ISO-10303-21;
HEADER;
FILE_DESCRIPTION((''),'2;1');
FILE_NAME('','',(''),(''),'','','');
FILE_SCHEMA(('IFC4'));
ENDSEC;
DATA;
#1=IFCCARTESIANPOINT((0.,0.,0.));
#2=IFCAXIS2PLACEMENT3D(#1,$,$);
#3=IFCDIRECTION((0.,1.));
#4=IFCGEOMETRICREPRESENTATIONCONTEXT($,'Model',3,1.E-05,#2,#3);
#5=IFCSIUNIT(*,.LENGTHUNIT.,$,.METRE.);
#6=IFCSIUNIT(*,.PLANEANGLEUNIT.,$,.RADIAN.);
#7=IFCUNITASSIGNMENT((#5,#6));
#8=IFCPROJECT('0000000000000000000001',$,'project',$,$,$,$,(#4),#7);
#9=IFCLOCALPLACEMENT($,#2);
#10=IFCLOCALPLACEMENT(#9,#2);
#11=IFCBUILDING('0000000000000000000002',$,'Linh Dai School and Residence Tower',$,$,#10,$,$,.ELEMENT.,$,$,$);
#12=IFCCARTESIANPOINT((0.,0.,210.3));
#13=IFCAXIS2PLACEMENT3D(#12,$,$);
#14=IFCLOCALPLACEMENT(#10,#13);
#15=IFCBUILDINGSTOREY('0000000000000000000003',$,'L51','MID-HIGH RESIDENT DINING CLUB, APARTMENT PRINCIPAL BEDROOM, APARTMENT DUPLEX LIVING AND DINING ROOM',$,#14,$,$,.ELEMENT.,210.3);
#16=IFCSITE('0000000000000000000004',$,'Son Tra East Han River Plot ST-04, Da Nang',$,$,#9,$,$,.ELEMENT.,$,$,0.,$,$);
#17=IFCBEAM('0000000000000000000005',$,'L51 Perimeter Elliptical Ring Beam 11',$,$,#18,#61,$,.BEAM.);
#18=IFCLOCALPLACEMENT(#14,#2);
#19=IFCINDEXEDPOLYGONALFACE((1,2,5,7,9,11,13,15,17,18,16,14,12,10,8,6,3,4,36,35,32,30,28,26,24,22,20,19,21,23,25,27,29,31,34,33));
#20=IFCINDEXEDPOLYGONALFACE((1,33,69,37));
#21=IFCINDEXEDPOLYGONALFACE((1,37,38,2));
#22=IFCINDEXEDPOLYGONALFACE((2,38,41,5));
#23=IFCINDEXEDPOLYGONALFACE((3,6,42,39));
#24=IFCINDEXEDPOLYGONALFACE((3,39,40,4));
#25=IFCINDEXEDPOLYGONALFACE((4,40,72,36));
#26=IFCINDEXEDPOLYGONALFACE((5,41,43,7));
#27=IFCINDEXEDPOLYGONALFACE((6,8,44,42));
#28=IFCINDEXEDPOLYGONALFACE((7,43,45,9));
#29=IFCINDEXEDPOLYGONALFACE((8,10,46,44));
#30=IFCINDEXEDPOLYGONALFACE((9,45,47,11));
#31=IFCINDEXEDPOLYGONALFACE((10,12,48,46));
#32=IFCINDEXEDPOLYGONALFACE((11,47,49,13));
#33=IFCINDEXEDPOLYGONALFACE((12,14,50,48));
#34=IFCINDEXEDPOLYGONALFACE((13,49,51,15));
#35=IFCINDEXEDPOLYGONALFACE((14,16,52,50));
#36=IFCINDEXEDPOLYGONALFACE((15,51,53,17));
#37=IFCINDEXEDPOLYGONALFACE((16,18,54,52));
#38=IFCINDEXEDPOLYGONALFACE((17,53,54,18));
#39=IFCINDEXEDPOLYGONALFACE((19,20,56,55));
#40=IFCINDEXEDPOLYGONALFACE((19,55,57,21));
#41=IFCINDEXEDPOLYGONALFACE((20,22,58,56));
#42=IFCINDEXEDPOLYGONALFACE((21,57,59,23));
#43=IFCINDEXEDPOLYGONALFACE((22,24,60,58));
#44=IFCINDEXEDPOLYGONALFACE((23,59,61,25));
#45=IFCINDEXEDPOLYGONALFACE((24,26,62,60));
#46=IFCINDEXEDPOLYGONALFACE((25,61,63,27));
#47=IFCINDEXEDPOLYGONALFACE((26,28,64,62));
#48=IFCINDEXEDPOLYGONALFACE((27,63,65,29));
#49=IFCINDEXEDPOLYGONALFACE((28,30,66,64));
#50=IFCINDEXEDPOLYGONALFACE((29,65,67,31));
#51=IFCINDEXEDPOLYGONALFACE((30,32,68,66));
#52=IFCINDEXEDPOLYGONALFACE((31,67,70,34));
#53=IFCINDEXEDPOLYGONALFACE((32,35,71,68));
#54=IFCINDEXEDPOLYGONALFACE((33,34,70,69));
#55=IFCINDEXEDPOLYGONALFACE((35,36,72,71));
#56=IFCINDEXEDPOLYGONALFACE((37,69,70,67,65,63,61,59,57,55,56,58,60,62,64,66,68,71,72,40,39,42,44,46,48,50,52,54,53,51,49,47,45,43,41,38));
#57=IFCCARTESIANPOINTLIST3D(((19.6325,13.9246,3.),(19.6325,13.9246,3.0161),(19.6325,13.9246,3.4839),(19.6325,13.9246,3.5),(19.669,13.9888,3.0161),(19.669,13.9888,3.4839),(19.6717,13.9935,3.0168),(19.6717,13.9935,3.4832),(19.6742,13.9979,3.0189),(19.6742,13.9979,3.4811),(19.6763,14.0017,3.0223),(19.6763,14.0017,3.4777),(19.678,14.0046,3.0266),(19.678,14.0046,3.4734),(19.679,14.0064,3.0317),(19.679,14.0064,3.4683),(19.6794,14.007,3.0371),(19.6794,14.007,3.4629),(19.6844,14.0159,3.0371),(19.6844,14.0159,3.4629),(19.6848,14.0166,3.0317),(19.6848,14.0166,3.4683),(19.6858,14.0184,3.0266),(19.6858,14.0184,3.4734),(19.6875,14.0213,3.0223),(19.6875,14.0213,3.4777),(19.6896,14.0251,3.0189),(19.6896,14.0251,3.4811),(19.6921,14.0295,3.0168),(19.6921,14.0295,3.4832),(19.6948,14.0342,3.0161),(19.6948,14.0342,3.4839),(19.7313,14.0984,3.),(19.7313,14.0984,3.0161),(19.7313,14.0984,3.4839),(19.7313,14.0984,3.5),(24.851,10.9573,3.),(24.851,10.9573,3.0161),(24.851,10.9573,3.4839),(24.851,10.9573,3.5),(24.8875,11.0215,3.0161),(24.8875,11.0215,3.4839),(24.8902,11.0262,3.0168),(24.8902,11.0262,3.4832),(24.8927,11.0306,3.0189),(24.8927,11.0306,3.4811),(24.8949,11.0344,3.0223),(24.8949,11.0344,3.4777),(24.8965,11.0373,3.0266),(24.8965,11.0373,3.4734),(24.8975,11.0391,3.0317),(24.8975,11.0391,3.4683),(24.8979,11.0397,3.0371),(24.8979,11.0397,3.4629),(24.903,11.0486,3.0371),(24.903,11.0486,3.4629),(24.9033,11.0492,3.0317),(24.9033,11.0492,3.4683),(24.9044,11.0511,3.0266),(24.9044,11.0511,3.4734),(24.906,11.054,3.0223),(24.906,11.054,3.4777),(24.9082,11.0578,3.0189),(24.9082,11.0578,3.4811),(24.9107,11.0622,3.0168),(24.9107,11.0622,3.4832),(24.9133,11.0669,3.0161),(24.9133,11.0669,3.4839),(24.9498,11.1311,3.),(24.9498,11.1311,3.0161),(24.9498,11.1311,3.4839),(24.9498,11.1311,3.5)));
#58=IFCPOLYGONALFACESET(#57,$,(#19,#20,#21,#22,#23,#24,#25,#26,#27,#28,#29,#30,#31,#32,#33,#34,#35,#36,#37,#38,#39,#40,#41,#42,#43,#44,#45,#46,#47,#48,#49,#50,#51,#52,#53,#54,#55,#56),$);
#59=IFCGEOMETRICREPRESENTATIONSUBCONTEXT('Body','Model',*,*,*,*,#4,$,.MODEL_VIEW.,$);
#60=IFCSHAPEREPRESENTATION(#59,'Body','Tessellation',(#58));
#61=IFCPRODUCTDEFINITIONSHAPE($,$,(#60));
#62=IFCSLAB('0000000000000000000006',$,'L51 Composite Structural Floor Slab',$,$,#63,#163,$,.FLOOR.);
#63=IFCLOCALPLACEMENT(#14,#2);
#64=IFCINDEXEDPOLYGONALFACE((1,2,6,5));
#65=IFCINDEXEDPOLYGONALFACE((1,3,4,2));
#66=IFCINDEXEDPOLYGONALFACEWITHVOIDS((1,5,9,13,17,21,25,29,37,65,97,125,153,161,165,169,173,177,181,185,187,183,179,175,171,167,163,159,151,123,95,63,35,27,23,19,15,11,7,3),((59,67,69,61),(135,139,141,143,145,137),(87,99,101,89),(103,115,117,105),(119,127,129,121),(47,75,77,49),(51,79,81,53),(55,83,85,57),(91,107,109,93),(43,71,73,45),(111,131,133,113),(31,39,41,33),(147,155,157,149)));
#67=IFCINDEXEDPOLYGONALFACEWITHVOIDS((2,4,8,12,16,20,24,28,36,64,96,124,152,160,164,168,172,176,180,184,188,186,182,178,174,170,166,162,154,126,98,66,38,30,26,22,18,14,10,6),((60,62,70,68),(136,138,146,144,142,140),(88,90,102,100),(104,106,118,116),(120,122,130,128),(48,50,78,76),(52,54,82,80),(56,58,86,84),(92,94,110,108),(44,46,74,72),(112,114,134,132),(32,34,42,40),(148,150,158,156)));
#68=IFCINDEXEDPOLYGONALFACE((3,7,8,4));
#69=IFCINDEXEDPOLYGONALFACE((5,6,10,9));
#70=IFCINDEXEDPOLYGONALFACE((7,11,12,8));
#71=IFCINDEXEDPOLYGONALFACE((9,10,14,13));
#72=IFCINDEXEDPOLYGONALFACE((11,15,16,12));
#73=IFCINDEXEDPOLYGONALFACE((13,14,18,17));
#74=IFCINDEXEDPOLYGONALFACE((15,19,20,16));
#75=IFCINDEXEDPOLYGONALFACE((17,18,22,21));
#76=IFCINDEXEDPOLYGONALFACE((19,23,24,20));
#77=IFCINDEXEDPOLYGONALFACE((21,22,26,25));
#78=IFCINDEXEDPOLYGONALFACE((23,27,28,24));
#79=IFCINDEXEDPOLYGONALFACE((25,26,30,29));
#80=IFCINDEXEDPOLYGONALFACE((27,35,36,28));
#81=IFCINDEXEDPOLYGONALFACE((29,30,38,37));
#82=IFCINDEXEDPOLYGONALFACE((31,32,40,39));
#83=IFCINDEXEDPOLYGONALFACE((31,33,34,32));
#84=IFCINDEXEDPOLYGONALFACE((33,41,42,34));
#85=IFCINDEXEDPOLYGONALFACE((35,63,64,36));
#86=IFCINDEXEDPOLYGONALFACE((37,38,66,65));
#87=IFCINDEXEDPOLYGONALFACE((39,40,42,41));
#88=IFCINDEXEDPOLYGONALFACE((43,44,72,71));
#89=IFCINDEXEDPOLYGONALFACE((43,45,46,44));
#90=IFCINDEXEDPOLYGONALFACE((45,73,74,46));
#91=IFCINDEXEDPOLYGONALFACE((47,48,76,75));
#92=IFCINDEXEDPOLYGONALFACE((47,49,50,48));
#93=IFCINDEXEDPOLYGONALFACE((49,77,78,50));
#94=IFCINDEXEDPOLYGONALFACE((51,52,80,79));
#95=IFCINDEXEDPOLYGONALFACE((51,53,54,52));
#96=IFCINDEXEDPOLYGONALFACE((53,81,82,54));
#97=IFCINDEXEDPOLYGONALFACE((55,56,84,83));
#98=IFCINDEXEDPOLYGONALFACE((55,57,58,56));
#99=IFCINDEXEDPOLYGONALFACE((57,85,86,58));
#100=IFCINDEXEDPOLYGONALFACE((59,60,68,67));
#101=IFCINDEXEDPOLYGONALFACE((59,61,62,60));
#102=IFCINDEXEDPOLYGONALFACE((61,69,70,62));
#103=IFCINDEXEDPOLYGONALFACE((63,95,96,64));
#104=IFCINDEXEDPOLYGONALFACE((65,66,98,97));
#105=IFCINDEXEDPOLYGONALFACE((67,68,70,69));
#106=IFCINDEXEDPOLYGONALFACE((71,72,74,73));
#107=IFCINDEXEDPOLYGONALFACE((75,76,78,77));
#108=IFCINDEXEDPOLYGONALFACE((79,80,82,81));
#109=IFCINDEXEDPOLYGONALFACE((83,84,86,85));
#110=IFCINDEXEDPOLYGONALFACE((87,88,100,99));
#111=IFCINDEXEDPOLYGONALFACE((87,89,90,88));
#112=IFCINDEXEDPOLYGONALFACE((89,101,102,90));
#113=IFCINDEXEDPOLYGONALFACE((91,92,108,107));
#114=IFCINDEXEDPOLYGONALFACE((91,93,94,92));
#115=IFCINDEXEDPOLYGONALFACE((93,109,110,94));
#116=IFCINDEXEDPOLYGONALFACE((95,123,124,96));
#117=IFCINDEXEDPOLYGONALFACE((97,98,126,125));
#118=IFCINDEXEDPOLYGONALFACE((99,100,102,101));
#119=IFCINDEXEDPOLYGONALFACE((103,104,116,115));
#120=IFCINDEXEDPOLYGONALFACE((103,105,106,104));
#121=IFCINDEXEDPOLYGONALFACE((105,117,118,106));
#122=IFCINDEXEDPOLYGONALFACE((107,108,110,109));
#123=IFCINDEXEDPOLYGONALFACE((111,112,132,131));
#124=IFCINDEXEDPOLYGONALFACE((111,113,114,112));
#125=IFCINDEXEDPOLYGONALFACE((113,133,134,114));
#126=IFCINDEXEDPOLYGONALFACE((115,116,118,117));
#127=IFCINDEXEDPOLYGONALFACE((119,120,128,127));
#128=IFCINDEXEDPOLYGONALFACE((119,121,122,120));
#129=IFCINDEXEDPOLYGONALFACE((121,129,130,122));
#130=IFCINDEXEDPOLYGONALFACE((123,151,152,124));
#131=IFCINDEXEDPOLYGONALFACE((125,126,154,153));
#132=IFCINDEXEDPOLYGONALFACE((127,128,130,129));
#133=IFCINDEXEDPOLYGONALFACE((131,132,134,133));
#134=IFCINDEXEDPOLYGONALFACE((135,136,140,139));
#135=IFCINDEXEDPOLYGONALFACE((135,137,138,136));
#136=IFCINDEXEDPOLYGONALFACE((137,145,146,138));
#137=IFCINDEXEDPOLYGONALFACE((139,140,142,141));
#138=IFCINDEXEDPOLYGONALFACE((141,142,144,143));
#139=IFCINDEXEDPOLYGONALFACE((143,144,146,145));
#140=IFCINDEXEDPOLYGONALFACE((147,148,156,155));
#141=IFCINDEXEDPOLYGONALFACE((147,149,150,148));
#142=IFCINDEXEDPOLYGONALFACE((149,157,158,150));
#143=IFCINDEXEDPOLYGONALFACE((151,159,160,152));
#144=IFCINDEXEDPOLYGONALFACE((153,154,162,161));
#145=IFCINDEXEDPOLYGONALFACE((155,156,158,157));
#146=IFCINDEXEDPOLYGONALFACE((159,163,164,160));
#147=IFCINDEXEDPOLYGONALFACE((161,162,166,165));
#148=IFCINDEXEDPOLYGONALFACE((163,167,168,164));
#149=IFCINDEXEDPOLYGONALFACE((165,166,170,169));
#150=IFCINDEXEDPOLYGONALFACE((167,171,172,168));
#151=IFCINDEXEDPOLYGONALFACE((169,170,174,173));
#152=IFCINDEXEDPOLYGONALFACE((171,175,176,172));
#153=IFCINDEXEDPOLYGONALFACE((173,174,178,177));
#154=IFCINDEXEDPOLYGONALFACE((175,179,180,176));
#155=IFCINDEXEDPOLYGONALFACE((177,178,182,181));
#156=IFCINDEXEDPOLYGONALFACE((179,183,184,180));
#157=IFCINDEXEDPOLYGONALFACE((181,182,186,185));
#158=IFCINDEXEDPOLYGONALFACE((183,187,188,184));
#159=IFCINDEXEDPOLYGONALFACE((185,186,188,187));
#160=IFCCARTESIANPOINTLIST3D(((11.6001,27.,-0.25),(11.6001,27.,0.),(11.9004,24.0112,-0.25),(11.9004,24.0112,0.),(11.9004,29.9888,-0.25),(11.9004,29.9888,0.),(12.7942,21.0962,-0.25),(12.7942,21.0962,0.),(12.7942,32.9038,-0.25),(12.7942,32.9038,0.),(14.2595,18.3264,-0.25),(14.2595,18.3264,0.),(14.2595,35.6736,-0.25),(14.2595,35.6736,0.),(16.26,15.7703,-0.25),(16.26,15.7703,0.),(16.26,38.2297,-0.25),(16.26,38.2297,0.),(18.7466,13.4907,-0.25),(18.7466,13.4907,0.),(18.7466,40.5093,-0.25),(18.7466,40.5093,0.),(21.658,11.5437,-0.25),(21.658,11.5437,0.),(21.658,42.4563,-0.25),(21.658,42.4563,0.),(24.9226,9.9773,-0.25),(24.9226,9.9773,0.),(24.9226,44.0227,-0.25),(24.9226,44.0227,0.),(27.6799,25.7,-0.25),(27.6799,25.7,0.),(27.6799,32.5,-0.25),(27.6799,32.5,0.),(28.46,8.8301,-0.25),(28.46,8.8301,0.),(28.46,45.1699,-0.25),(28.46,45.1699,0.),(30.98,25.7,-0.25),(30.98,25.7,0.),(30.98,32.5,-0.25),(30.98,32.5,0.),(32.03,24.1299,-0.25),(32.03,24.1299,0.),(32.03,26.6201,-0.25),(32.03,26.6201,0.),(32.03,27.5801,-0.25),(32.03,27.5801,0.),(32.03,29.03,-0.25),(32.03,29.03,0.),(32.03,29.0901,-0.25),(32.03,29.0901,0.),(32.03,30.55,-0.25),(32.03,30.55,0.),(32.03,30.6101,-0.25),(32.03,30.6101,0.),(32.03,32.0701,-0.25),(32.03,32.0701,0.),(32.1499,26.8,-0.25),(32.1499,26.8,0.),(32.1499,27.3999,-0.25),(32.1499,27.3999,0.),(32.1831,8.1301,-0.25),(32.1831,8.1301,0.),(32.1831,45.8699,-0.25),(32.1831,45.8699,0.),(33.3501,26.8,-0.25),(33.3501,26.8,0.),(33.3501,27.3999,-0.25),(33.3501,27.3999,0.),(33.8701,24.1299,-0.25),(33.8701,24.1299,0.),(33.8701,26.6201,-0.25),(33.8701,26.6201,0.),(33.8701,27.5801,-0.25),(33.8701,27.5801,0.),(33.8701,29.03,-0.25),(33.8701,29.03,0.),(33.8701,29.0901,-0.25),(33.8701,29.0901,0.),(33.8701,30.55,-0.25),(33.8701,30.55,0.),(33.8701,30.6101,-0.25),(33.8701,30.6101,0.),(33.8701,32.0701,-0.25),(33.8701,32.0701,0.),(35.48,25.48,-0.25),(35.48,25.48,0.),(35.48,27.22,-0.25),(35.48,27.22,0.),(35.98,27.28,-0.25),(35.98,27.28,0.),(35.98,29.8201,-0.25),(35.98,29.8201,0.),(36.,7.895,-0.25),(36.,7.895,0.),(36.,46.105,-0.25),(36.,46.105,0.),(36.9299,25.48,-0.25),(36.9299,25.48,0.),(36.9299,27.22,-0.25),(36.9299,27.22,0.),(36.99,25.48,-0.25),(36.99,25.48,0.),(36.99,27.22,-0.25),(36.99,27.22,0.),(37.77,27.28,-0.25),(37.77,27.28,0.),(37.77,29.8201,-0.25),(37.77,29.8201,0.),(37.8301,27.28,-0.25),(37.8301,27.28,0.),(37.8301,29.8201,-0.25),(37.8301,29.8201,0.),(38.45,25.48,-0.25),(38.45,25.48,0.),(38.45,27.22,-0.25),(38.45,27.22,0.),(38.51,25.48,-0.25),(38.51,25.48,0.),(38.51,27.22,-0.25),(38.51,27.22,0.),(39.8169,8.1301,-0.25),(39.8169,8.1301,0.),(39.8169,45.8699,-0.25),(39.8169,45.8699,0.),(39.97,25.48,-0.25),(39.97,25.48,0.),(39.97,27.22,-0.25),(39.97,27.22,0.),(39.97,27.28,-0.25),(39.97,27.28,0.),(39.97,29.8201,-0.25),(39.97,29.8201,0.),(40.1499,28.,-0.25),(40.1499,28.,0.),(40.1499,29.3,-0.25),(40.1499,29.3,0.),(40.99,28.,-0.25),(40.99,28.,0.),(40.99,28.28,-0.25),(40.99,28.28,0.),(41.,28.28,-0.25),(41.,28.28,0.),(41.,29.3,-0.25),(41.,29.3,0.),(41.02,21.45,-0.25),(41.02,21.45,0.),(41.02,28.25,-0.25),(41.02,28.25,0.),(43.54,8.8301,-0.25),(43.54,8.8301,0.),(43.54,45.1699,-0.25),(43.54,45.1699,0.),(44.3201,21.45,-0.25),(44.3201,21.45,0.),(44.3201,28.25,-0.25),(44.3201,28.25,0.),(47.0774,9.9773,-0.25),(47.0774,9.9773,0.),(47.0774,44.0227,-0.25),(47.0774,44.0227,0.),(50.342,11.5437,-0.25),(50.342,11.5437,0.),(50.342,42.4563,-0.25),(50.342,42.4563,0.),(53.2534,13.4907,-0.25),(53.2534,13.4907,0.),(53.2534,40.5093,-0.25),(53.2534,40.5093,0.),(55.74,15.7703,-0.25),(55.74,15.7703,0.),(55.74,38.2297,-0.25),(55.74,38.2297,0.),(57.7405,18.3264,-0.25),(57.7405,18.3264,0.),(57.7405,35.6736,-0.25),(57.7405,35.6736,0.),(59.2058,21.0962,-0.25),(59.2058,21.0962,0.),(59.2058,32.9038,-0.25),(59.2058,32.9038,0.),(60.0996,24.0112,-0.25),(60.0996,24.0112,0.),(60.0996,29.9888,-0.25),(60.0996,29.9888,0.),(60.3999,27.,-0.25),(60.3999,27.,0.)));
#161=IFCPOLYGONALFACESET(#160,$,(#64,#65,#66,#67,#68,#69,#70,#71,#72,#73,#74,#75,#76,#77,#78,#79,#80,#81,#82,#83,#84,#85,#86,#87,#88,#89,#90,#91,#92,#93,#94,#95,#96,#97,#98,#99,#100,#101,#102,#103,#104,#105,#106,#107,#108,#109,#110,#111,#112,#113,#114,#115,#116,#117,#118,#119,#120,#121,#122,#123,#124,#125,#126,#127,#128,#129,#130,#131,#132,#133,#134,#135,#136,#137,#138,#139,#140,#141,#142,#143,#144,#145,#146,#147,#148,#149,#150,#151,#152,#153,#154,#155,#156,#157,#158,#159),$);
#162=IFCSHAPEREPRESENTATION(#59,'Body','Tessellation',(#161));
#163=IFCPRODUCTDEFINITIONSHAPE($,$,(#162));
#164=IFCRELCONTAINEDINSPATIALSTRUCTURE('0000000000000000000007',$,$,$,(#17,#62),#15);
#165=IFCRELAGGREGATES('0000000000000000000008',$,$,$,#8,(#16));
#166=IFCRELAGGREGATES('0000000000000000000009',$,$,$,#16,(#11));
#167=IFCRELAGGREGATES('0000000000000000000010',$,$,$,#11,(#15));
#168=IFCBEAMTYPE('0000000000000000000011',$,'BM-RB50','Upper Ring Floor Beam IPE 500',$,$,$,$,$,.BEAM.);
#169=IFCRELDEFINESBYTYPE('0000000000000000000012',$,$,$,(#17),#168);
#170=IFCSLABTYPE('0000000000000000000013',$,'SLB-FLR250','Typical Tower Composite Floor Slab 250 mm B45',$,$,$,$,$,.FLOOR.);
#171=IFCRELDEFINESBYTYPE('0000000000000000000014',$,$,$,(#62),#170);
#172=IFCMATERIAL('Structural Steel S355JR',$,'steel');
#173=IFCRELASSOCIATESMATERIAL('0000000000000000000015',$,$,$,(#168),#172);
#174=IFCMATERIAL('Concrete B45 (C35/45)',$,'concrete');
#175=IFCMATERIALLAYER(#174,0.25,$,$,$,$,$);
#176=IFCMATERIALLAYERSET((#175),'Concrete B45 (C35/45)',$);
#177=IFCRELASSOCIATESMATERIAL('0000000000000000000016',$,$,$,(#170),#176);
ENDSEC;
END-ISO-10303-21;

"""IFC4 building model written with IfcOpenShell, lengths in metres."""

from ifc_helpers import new_model, si_unit, direction, frame, origin, origin_2d, place, context, subcontext, project, spatial, polyline, i_section, outline, extrude, material, layer, layer_set, material_profile, profile_set, type_object, element, save


model = new_model("IFC4")

# Units and contexts
model_context = context("Model", 3, precision=1e-05, world=origin(), true_north=direction((0.0, 1.0)))
body_context = subcontext(model_context, "Body", "Model", "MODEL_VIEW")
ifc_project = project(units=[si_unit("LENGTHUNIT", "METRE"), si_unit("PLANEANGLEUNIT", "RADIAN")], contexts=[model_context])

# Site, building, storey
site_placement = place(None, origin())
site = spatial("IfcSite", under=ifc_project, at=site_placement, Name="Son Tra East Han River Plot ST-04, Da Nang", CompositionType="ELEMENT", RefElevation=0.0)
building_placement = place(site_placement, origin())
building = spatial("IfcBuilding", under=site, at=building_placement, Name="Linh Dai School and Residence Tower", CompositionType="ELEMENT")
storey_placement = place(building_placement, frame((0.0, 0.0, 210.3)))
storey = spatial("IfcBuildingStorey", under=building, at=storey_placement, Name="L51", Description="MID-HIGH RESIDENT DINING CLUB, APARTMENT PRINCIPAL BEDROOM, APARTMENT DUPLEX LIVING AND DINING ROOM", CompositionType="ELEMENT", Elevation=210.3)

# Shared definitions
ifc_material_1 = material(Name="Structural Steel S355JR", Category="steel")

# Beam
ifc_material_profile_1 = material_profile(ifc_material_1, i_section(OverallWidth=0.2, OverallDepth=0.5, WebThickness=0.0103, FlangeThickness=0.0161, FilletRadius=0.021, at=origin_2d()), Name="IPE 500")
ifc_profile_set_1 = profile_set([ifc_material_profile_1], Name="Structural Steel S355JR")
beam_type_1 = type_object("IfcBeamType", Name="BM-RB50", Description="Upper Ring Floor Beam IPE 500", PredefinedType="BEAM", material=ifc_profile_set_1)
beam_1_placement = place(storey_placement, frame((19.6819, 14.0115, 3.25), z_axis=(0.869297, -0.49429, 0.0), x_axis=(0.49429, 0.869297, 0.0)))
element("IfcBeam", 1, at=beam_1_placement, inside=storey, type_object=beam_type_1, Name="L51 Perimeter Elliptical Ring Beam 11", PredefinedType="BEAM", context=body_context, shape_type="SweptSolid", body=[
    extrude(i_section(OverallWidth=0.2, OverallDepth=0.5, WebThickness=0.0103, FlangeThickness=0.0161, FilletRadius=0.021, at=origin_2d()), origin(), (0.0, 0.0, 1.0), 6.0032),
])

# Slab
ifc_material_2 = material(Name="Concrete B45 (C35/45)", Category="concrete")
ifc_layer_1 = layer(ifc_material_2, 0.25)
ifc_layer_set_1 = layer_set([ifc_layer_1], Name="Concrete B45 (C35/45)")
slab_type_1 = type_object("IfcSlabType", Name="SLB-FLR250", Description="Typical Tower Composite Floor Slab 250 mm B45", PredefinedType="FLOOR", material=ifc_layer_set_1)
slab_1_placement = place(storey_placement, frame((0.0, 0.0, -0.25)))
element("IfcSlab", 2, at=slab_1_placement, inside=storey, type_object=slab_type_1, Name="L51 Composite Structural Floor Slab", PredefinedType="FLOOR", context=body_context, shape_type="SweptSolid", body=[
    extrude(outline(polyline([(60.3999, 27.0), (60.0996, 29.9888), (59.2058, 32.9038), (57.7405, 35.6736), (55.74, 38.2297), (53.2534, 40.5093), (50.342, 42.4563), (47.0774, 44.0227), (43.54, 45.1699), (39.8169, 45.8699), (36.0, 46.105), (32.1831, 45.8699), (28.46, 45.1699), (24.9226, 44.0227), (21.658, 42.4563), (18.7466, 40.5093), (16.26, 38.2297), (14.2595, 35.6736), (12.7942, 32.9038), (11.9004, 29.9888), (11.6001, 27.0), (11.9004, 24.0112), (12.7942, 21.0962), (14.2595, 18.3264), (16.26, 15.7703), (18.7466, 13.4907), (21.658, 11.5437), (24.9226, 9.9773), (28.46, 8.8301), (32.1831, 8.1301), (36.0, 7.895), (39.8169, 8.1301), (43.54, 8.8301), (47.0774, 9.9773), (50.342, 11.5437), (53.2534, 13.4907), (55.74, 15.7703), (57.7405, 18.3264), (59.2058, 21.0962), (60.0996, 24.0112), (60.3999, 27.0)]), holes=[polyline([(30.98, 25.7), (30.98, 32.5), (27.6799, 32.5), (27.6799, 25.7), (30.98, 25.7)]), polyline([(41.02, 28.25), (41.02, 21.45), (44.3201, 21.45), (44.3201, 28.25), (41.02, 28.25)]), polyline([(35.98, 27.28), (37.77, 27.28), (37.77, 29.8201), (35.98, 29.8201), (35.98, 27.28)]), polyline([(32.03, 24.1299), (33.8701, 24.1299), (33.8701, 26.6201), (32.03, 26.6201), (32.03, 24.1299)]), polyline([(37.8301, 27.28), (39.97, 27.28), (39.97, 29.8201), (37.8301, 29.8201), (37.8301, 27.28)]), polyline([(32.03, 27.5801), (33.8701, 27.5801), (33.8701, 29.03), (32.03, 29.03), (32.03, 27.5801)]), polyline([(32.03, 29.0901), (33.8701, 29.0901), (33.8701, 30.55), (32.03, 30.55), (32.03, 29.0901)]), polyline([(32.03, 30.6101), (33.8701, 30.6101), (33.8701, 32.0701), (32.03, 32.0701), (32.03, 30.6101)]), polyline([(35.48, 25.48), (36.9299, 25.48), (36.9299, 27.22), (35.48, 27.22), (35.48, 25.48)]), polyline([(36.99, 25.48), (38.45, 25.48), (38.45, 27.22), (36.99, 27.22), (36.99, 25.48)]), polyline([(38.51, 25.48), (39.97, 25.48), (39.97, 27.22), (38.51, 27.22), (38.51, 25.48)]), polyline([(40.1499, 28.0), (40.1499, 29.3), (41.0, 29.3), (41.0, 28.28), (40.99, 28.28), (40.99, 28.0), (40.1499, 28.0)]), polyline([(32.1499, 26.8), (33.3501, 26.8), (33.3501, 27.3999), (32.1499, 27.3999), (32.1499, 26.8)])]), origin(), (0.0, 0.0, 1.0), 0.25),
])

save(model, "model.ifc")
